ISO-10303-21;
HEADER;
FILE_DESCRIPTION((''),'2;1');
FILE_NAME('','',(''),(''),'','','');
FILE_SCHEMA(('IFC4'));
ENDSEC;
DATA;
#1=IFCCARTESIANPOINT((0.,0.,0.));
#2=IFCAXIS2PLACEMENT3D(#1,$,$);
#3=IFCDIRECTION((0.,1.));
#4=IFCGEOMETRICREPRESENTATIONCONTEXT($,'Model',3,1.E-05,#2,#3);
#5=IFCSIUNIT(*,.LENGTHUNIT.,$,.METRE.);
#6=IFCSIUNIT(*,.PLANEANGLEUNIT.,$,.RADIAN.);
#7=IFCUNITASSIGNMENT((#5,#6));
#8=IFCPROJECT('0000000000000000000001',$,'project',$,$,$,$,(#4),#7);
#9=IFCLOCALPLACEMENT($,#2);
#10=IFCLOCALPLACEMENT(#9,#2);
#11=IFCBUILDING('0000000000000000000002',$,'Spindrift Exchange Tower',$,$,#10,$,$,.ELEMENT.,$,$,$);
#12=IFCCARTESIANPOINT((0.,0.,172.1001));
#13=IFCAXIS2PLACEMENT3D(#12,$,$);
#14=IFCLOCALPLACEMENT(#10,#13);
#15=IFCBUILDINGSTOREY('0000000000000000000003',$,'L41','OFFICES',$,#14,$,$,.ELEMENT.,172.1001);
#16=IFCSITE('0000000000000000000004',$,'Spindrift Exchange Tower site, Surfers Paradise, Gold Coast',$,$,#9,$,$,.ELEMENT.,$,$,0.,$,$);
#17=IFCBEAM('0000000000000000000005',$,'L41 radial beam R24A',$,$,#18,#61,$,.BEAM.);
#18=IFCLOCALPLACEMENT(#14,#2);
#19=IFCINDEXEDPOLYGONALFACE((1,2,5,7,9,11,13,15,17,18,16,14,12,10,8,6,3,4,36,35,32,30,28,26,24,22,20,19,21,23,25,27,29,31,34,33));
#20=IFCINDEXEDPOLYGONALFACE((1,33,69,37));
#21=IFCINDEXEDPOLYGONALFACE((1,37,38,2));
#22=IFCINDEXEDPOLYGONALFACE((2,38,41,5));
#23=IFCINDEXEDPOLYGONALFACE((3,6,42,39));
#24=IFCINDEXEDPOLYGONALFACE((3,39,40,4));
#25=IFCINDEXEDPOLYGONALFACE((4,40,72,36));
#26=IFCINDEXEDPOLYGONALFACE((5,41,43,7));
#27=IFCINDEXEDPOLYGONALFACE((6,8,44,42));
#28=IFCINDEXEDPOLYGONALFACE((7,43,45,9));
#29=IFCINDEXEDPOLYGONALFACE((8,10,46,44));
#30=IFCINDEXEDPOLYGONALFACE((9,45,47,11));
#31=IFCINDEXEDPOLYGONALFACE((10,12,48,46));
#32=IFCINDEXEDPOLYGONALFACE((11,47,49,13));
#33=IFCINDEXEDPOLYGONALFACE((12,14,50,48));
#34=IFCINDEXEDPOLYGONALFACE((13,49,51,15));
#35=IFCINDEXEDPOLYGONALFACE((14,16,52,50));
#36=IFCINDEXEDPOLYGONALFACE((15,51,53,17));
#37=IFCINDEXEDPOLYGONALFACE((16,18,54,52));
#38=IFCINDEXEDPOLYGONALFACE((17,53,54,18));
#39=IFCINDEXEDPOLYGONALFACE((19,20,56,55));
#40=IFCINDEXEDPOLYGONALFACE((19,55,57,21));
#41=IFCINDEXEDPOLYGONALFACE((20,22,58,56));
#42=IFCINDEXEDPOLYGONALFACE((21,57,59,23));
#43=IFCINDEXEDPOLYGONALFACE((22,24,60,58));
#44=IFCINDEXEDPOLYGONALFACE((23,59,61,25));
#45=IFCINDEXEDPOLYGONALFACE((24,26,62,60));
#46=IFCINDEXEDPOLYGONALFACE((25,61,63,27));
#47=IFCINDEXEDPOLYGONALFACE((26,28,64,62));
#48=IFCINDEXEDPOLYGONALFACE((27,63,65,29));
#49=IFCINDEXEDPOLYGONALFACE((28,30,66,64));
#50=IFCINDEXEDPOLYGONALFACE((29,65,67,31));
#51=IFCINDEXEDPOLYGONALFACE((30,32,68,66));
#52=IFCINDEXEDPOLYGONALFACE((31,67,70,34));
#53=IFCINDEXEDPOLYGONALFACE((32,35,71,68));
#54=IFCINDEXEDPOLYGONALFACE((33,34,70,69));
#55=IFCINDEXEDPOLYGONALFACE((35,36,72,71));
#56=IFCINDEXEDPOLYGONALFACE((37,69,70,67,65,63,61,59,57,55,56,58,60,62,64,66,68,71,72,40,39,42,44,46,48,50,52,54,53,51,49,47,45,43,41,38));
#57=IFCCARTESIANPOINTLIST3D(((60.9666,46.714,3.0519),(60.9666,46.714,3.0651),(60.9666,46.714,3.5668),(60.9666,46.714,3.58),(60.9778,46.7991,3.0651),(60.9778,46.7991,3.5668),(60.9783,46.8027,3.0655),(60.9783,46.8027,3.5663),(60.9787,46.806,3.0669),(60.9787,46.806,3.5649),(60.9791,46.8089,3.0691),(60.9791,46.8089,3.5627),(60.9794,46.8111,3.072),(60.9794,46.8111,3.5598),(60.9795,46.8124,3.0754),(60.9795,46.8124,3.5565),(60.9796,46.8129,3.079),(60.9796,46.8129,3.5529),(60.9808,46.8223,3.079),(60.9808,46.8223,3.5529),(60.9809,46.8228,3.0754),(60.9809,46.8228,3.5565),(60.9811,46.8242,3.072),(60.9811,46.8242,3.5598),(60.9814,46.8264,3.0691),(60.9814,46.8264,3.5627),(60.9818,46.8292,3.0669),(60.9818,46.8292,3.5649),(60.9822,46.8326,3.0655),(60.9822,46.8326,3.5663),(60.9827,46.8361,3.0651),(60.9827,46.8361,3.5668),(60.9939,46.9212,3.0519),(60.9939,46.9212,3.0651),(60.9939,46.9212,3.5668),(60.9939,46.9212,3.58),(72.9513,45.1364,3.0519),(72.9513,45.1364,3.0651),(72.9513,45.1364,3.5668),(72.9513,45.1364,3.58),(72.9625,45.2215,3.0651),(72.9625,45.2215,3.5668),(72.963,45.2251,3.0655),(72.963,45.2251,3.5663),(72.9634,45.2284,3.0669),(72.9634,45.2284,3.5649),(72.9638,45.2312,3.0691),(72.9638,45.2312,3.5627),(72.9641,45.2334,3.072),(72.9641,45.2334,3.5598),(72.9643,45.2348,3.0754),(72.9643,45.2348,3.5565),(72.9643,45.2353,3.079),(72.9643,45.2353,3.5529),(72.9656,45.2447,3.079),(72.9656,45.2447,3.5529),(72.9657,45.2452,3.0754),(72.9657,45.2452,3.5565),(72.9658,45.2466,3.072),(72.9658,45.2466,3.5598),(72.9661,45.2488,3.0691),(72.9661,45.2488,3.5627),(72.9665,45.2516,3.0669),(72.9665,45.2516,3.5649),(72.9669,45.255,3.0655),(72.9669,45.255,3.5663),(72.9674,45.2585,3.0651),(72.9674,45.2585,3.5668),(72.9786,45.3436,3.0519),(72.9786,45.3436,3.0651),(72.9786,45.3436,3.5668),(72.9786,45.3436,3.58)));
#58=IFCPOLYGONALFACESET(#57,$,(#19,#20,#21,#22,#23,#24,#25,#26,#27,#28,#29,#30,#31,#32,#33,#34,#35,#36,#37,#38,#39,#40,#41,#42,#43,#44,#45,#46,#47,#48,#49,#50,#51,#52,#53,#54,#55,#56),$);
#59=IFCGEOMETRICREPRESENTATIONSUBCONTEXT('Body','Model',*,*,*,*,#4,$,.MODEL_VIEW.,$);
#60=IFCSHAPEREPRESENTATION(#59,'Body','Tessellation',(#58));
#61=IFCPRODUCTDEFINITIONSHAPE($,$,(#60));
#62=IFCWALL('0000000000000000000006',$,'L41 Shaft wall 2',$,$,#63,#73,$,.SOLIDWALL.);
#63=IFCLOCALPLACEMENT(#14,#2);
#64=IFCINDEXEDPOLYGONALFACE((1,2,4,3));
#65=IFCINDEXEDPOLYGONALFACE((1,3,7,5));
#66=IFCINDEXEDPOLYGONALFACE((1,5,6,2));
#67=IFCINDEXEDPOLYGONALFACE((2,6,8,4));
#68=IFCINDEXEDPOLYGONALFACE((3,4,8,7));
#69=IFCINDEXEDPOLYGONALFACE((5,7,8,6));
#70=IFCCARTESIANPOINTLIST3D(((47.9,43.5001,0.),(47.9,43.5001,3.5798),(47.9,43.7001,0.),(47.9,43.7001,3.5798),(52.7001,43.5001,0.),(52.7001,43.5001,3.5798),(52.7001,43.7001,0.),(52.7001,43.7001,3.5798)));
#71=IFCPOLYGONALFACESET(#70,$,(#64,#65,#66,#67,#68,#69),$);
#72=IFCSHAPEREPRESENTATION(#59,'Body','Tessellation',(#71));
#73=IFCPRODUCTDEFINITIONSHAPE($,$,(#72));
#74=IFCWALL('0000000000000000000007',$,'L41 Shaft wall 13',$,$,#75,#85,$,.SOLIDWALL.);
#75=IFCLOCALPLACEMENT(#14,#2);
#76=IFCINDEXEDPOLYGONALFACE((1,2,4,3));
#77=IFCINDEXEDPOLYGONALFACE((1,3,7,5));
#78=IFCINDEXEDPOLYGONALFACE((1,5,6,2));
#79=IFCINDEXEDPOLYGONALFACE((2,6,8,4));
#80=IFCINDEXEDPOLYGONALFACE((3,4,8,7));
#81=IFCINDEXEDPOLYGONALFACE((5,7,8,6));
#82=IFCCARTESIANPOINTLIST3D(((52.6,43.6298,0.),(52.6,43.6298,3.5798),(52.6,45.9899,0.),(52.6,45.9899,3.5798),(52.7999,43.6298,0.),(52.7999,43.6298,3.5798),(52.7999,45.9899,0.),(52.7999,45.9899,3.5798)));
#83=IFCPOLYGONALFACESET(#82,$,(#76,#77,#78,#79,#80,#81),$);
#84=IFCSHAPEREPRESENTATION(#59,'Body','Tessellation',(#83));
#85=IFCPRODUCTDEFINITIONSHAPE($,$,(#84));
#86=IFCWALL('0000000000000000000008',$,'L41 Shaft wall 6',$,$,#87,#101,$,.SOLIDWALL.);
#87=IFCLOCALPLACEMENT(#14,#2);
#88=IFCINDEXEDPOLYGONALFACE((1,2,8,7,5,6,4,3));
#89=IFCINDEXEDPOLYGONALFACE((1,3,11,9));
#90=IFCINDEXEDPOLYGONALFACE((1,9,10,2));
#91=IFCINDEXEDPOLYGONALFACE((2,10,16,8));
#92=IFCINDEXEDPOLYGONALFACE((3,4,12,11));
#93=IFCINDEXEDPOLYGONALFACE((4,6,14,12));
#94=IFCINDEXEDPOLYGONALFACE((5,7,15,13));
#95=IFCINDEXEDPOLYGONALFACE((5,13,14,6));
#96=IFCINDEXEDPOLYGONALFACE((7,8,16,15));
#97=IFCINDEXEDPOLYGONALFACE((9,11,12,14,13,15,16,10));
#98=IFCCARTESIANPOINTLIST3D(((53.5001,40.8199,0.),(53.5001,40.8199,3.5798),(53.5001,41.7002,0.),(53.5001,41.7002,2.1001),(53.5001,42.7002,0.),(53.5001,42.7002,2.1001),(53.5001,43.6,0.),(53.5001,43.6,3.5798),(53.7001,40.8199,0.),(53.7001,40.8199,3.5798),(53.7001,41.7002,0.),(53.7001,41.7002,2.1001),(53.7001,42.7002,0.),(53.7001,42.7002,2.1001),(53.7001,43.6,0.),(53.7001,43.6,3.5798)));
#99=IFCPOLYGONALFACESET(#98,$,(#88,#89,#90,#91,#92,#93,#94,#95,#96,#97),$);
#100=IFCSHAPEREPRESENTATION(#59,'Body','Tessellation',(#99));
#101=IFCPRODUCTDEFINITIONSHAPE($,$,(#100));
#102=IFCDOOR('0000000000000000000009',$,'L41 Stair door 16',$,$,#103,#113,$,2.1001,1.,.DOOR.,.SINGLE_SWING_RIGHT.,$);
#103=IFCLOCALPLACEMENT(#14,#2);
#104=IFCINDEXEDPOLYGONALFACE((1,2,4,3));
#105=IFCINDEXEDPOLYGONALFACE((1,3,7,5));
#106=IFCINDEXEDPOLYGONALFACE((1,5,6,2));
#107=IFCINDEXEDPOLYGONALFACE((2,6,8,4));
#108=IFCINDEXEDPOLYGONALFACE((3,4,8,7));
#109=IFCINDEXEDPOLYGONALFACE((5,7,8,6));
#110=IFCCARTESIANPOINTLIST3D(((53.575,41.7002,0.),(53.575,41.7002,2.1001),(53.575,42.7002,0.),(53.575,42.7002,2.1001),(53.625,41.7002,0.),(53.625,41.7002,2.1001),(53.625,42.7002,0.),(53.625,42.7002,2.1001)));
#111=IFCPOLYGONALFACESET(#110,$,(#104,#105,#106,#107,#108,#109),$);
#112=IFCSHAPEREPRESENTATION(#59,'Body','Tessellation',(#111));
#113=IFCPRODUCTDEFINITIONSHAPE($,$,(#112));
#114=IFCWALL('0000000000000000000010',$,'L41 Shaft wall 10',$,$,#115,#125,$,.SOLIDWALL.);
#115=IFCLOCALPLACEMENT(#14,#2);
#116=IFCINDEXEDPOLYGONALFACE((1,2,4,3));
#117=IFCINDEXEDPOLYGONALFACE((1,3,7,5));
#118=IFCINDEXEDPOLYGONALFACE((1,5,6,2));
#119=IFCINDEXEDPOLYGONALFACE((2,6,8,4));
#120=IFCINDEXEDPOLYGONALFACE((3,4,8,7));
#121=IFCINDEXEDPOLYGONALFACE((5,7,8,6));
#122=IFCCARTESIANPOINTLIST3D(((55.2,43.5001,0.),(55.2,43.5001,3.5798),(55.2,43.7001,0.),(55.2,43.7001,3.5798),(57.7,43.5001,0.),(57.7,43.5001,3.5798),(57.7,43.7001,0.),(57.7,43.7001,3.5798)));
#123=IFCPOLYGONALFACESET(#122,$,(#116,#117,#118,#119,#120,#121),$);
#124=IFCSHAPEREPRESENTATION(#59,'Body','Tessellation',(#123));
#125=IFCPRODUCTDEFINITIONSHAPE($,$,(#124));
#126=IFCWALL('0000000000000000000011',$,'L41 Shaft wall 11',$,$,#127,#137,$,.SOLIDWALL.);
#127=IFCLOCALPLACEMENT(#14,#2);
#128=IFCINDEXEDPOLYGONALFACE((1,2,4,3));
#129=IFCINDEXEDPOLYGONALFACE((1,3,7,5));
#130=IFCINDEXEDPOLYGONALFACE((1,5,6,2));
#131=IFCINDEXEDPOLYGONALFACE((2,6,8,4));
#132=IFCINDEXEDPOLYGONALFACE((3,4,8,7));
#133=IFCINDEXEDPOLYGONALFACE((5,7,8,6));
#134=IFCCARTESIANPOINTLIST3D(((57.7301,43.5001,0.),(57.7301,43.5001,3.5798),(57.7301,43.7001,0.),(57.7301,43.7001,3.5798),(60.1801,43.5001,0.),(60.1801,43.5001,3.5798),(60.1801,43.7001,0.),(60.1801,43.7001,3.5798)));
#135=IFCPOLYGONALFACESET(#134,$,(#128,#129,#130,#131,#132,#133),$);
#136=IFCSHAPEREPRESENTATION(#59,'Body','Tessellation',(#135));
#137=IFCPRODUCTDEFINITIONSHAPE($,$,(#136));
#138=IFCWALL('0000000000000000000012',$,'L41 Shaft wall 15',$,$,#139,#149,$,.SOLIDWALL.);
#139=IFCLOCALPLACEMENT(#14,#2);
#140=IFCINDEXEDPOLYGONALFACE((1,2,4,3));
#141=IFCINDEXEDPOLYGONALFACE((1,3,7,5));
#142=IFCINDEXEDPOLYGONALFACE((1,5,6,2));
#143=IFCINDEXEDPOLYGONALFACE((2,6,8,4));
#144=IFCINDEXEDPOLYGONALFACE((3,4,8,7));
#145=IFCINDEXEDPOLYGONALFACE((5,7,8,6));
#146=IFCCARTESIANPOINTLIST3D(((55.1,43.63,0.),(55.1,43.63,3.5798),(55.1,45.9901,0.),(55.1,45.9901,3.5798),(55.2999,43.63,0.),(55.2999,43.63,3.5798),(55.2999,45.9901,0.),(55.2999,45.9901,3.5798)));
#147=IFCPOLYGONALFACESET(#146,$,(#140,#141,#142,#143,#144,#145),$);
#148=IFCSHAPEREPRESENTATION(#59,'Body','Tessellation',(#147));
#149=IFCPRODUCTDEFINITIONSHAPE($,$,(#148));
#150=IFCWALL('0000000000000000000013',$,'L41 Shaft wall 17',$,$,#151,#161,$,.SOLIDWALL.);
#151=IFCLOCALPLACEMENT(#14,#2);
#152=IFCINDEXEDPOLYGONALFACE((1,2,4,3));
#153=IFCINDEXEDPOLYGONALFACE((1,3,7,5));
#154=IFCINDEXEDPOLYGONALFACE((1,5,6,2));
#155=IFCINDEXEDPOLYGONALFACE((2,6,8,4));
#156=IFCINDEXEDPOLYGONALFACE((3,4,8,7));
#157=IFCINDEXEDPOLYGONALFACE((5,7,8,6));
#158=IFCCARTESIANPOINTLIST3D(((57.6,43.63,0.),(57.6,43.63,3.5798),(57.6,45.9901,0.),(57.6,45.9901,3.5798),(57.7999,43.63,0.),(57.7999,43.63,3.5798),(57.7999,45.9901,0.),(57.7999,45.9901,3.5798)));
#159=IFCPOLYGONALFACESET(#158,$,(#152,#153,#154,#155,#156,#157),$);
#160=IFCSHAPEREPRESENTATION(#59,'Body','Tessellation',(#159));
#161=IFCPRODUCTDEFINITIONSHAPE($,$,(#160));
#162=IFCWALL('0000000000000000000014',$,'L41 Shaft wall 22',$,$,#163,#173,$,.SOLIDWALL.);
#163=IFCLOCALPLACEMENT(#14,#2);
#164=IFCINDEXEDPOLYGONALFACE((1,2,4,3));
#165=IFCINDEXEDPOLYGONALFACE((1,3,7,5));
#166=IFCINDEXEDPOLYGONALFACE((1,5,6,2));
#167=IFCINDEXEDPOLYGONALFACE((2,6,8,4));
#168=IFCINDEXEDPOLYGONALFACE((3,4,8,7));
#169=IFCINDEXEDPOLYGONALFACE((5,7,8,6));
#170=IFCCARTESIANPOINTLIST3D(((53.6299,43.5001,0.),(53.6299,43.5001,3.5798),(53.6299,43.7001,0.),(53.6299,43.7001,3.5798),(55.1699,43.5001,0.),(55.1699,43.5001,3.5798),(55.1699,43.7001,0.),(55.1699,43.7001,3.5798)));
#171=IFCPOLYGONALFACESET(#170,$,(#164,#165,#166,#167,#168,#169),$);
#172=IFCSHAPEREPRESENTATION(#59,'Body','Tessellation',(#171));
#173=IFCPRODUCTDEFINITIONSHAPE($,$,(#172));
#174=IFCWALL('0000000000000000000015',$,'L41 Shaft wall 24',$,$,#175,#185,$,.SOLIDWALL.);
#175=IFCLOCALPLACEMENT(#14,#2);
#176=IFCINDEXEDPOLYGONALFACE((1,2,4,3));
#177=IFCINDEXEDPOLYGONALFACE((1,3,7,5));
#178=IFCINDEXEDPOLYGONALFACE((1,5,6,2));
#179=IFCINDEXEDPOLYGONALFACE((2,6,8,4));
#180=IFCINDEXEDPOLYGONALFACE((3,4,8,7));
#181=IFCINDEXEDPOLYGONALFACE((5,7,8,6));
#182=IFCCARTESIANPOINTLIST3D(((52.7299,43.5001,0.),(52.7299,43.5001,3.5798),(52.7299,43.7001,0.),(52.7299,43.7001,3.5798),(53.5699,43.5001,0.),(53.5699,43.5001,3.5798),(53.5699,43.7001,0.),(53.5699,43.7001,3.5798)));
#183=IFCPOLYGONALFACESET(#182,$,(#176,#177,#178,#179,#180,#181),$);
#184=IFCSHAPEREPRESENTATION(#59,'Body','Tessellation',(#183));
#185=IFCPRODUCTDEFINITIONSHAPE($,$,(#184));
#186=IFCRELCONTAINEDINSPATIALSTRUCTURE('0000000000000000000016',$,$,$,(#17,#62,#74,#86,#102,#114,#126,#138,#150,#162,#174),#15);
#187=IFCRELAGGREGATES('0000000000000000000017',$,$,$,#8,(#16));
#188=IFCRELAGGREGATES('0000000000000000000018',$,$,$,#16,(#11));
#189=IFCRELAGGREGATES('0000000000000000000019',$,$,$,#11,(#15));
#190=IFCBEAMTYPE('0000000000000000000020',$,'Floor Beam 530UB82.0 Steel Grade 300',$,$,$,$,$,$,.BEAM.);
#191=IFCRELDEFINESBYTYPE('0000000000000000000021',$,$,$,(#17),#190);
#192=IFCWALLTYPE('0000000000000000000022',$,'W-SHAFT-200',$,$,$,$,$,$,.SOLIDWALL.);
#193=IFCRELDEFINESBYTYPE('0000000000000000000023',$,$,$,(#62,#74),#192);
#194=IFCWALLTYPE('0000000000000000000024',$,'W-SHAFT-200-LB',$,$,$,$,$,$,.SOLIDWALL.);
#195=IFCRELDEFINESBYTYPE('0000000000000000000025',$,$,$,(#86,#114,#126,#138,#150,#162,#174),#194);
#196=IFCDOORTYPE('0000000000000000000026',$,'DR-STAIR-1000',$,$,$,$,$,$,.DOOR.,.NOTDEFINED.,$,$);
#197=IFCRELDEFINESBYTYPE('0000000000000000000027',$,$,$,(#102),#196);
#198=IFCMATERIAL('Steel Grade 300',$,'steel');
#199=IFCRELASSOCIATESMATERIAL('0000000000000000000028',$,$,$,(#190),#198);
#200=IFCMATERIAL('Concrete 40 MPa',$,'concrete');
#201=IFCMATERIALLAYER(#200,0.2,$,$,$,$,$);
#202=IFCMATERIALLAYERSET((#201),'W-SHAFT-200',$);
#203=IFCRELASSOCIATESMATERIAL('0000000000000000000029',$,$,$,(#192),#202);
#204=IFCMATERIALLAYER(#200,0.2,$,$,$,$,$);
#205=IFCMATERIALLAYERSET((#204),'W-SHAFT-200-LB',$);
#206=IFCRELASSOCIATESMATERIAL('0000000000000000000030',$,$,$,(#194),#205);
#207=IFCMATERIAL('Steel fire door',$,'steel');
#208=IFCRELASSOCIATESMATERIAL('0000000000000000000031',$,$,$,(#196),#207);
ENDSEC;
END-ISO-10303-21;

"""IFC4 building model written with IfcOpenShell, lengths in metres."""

from ifc_helpers import new_model, si_unit, direction, frame, frame_2d, origin, origin_2d, place, context, subcontext, project, spatial, rectangle, i_section, extrude, source, transform, mapped, material, layer, layer_set, material_profile, profile_set, type_object, element, fill, save


model = new_model("IFC4")

# Units and contexts
model_context = context("Model", 3, precision=1e-05, world=origin(), true_north=direction((0.0, 1.0)))
body_context = subcontext(model_context, "Body", "Model", "MODEL_VIEW")
ifc_project = project(units=[si_unit("LENGTHUNIT", "METRE"), si_unit("PLANEANGLEUNIT", "RADIAN")], contexts=[model_context])

# Site, building, storey
site_placement = place(None, origin())
site = spatial("IfcSite", under=ifc_project, at=site_placement, Name="Spindrift Exchange Tower site, Surfers Paradise, Gold Coast", CompositionType="ELEMENT", RefElevation=0.0)
building_placement = place(site_placement, origin())
building = spatial("IfcBuilding", under=site, at=building_placement, Name="Spindrift Exchange Tower", CompositionType="ELEMENT")
storey_placement = place(building_placement, frame((0.0, 0.0, 172.1001)))
storey = spatial("IfcBuildingStorey", under=building, at=storey_placement, Name="L41", Description="OFFICES", CompositionType="ELEMENT", Elevation=172.1001)

# Beam
ifc_material_1 = material(Name="Steel Grade 300", Category="steel")
ifc_material_profile_1 = material_profile(ifc_material_1, i_section(OverallWidth=0.209, OverallDepth=0.5281, WebThickness=0.0095, FlangeThickness=0.0132, FilletRadius=0.0139, at=origin_2d()), Name="530UB82.0")
ifc_profile_set_1 = profile_set([ifc_material_profile_1], Name="Steel Grade 300")
beam_type_1 = type_object("IfcBeamType", Name="Floor Beam 530UB82.0 Steel Grade 300", PredefinedType="BEAM", material=ifc_profile_set_1)
shared_shape_1 = source(origin(), body_context, "Body", "SweptSolid", [
    extrude(i_section(OverallWidth=0.209, OverallDepth=0.5281, WebThickness=0.0095, FlangeThickness=0.0132, FilletRadius=0.0139, at=origin_2d()), origin(), (0.0, 0.0, 1.0), 12.0881),
])
beam_1_placement = place(storey_placement, frame((60.9802, 46.8176, 3.3159), z_axis=(0.991447, -0.13051, 0.0), x_axis=(0.13051, 0.991447, 0.0)))
element("IfcBeam", 1, at=beam_1_placement, inside=storey, type_object=beam_type_1, Name="L41 radial beam R24A", PredefinedType="BEAM", context=body_context, shape_type="MappedRepresentation", body=[
    mapped(shared_shape_1, transform((0.0, 0.0, 0.0), scale=1.0)),
])

# Walls
ifc_material_2 = material(Name="Concrete 40 MPa", Category="concrete")
ifc_layer_1 = layer(ifc_material_2, 0.2)
ifc_layer_set_1 = layer_set([ifc_layer_1], Name="W-SHAFT-200")
wall_type_1 = type_object("IfcWallType", Name="W-SHAFT-200", PredefinedType="SOLIDWALL", material=ifc_layer_set_1)
wall_1_placement = place(storey_placement, frame((52.7, 43.6001, 0.0), z_axis=(0.0, 0.0, 1.0), x_axis=(-1.0, 0.0, 0.0)))
element("IfcWall", 2, at=wall_1_placement, inside=storey, type_object=wall_type_1, Name="L41 Shaft wall 2", PredefinedType="SOLIDWALL", context=body_context, shape_type="SweptSolid", body=[
    extrude(rectangle(XDim=4.8, YDim=0.2, at=frame_2d((2.3999, 0.0))), origin(), (0.0, 0.0, 1.0), 3.5798),
])
wall_2_placement = place(storey_placement, frame((52.7, 45.99, 0.0), z_axis=(0.0, 0.0, 1.0), x_axis=(0.0, -1.0, 0.0)))
element("IfcWall", 3, at=wall_2_placement, inside=storey, type_object=wall_type_1, Name="L41 Shaft wall 13", PredefinedType="SOLIDWALL", context=body_context, shape_type="SweptSolid", body=[
    extrude(rectangle(XDim=2.3601, YDim=0.2, at=frame_2d((1.1802, 0.0))), origin(), (0.0, 0.0, 1.0), 3.5798),
])

# Wall, opening, door
ifc_layer_2 = layer(ifc_material_2, 0.2)
ifc_layer_set_2 = layer_set([ifc_layer_2], Name="W-SHAFT-200-LB")
wall_type_2 = type_object("IfcWallType", Name="W-SHAFT-200-LB", PredefinedType="SOLIDWALL", material=ifc_layer_set_2)
wall_3_placement = place(storey_placement, frame((53.6001, 43.6001, 0.0), z_axis=(0.0, 0.0, 1.0), x_axis=(0.0, -1.0, 0.0)))
wall_3 = element("IfcWall", 4, at=wall_3_placement, inside=storey, type_object=wall_type_2, Name="L41 Shaft wall 6", PredefinedType="SOLIDWALL", context=body_context, shape_type="SweptSolid", body=[
    extrude(rectangle(XDim=2.78, YDim=0.2, at=frame_2d((1.3901, 0.0))), origin(), (0.0, 0.0, 1.0), 3.5798),
])
opening_placement = place(wall_3_placement, frame((0.8999, 0.0, 0.0)))
opening = element("IfcOpeningElement", 5, at=opening_placement, cuts=wall_3, PredefinedType="OPENING", context=body_context, shape_type="SweptSolid", body=[
    extrude(rectangle(XDim=1.0, YDim=2.1001, at=frame_2d((0.5, 1.05))), frame((0.0, 0.1099, 0.0), z_axis=(0.0, -1.0, 0.0), x_axis=(1.0, 0.0, 0.0)), (0.0, 0.0, 1.0), 0.22),
])
ifc_material_3 = material(Name="Steel fire door", Category="steel")
door_type = type_object("IfcDoorType", Name="DR-STAIR-1000", OperationType="NOTDEFINED", PredefinedType="DOOR", material=ifc_material_3)
shared_shape_2 = source(origin(), body_context, "Body", "SweptSolid", [
    extrude(rectangle(XDim=1.0, YDim=2.1001, at=frame_2d((0.5, 1.05))), frame((0.0, 0.0249, 0.0), z_axis=(0.0, -1.0, 0.0), x_axis=(1.0, 0.0, 0.0)), (0.0, 0.0, 1.0), 0.05),
])
door_placement = place(opening_placement, origin())
door = element("IfcDoor", 6, at=door_placement, inside=storey, type_object=door_type, Name="L41 Stair door 16", OperationType="SINGLE_SWING_RIGHT", OverallHeight=2.1001, OverallWidth=1.0, PredefinedType="DOOR", context=body_context, shape_type="MappedRepresentation", body=[
    mapped(shared_shape_2, transform((0.0, 0.0, 0.0), scale=1.0)),
])
fill(opening, door)

# Walls
wall_4_placement = place(storey_placement, frame((55.2, 43.6001, 0.0), z_axis=(0.0, 0.0, 1.0), x_axis=(1.0, 0.0, 0.0)))
element("IfcWall", 7, at=wall_4_placement, inside=storey, type_object=wall_type_2, Name="L41 Shaft wall 10", PredefinedType="SOLIDWALL", context=body_context, shape_type="SweptSolid", body=[
    extrude(rectangle(XDim=2.5, YDim=0.2, at=frame_2d((1.25, 0.0))), origin(), (0.0, 0.0, 1.0), 3.5798),
])
wall_5_placement = place(storey_placement, frame((57.73, 43.6001, 0.0), z_axis=(0.0, 0.0, 1.0), x_axis=(1.0, 0.0, 0.0)))
element("IfcWall", 8, at=wall_5_placement, inside=storey, type_object=wall_type_2, Name="L41 Shaft wall 11", PredefinedType="SOLIDWALL", context=body_context, shape_type="SweptSolid", body=[
    extrude(rectangle(XDim=2.45, YDim=0.2, at=frame_2d((1.2251, 0.0))), origin(), (0.0, 0.0, 1.0), 3.5798),
])
for number, where, z_axis, x_axis, name in (
    (9, (55.2, 43.6299, 0.0), (0.0, 0.0, 1.0), (0.0, 1.0, 0.0), "L41 Shaft wall 15"),
    (10, (57.7, 43.6299, 0.0), (0.0, 0.0, 1.0), (0.0, 1.0, 0.0), "L41 Shaft wall 17"),
):
    element("IfcWall", number, at=place(storey_placement, frame(where, z_axis=z_axis, x_axis=x_axis)), inside=storey, type_object=wall_type_2, Name=name, PredefinedType="SOLIDWALL", context=body_context, shape_type="SweptSolid", body=[
        extrude(rectangle(XDim=2.3601, YDim=0.2, at=frame_2d((1.1802, 0.0))), origin(), (0.0, 0.0, 1.0), 3.5798),
    ])
wall_6_placement = place(storey_placement, frame((53.6299, 43.6001, 0.0), z_axis=(0.0, 0.0, 1.0), x_axis=(1.0, 0.0, 0.0)))
element("IfcWall", 11, at=wall_6_placement, inside=storey, type_object=wall_type_2, Name="L41 Shaft wall 22", PredefinedType="SOLIDWALL", context=body_context, shape_type="SweptSolid", body=[
    extrude(rectangle(XDim=1.54, YDim=0.2, at=frame_2d((0.77, 0.0))), origin(), (0.0, 0.0, 1.0), 3.5798),
])
wall_7_placement = place(storey_placement, frame((52.73, 43.6001, 0.0), z_axis=(0.0, 0.0, 1.0), x_axis=(1.0, 0.0, 0.0)))
element("IfcWall", 12, at=wall_7_placement, inside=storey, type_object=wall_type_2, Name="L41 Shaft wall 24", PredefinedType="SOLIDWALL", context=body_context, shape_type="SweptSolid", body=[
    extrude(rectangle(XDim=0.8401, YDim=0.2, at=frame_2d((0.4199, 0.0))), origin(), (0.0, 0.0, 1.0), 3.5798),
])

save(model, "model.ifc")
